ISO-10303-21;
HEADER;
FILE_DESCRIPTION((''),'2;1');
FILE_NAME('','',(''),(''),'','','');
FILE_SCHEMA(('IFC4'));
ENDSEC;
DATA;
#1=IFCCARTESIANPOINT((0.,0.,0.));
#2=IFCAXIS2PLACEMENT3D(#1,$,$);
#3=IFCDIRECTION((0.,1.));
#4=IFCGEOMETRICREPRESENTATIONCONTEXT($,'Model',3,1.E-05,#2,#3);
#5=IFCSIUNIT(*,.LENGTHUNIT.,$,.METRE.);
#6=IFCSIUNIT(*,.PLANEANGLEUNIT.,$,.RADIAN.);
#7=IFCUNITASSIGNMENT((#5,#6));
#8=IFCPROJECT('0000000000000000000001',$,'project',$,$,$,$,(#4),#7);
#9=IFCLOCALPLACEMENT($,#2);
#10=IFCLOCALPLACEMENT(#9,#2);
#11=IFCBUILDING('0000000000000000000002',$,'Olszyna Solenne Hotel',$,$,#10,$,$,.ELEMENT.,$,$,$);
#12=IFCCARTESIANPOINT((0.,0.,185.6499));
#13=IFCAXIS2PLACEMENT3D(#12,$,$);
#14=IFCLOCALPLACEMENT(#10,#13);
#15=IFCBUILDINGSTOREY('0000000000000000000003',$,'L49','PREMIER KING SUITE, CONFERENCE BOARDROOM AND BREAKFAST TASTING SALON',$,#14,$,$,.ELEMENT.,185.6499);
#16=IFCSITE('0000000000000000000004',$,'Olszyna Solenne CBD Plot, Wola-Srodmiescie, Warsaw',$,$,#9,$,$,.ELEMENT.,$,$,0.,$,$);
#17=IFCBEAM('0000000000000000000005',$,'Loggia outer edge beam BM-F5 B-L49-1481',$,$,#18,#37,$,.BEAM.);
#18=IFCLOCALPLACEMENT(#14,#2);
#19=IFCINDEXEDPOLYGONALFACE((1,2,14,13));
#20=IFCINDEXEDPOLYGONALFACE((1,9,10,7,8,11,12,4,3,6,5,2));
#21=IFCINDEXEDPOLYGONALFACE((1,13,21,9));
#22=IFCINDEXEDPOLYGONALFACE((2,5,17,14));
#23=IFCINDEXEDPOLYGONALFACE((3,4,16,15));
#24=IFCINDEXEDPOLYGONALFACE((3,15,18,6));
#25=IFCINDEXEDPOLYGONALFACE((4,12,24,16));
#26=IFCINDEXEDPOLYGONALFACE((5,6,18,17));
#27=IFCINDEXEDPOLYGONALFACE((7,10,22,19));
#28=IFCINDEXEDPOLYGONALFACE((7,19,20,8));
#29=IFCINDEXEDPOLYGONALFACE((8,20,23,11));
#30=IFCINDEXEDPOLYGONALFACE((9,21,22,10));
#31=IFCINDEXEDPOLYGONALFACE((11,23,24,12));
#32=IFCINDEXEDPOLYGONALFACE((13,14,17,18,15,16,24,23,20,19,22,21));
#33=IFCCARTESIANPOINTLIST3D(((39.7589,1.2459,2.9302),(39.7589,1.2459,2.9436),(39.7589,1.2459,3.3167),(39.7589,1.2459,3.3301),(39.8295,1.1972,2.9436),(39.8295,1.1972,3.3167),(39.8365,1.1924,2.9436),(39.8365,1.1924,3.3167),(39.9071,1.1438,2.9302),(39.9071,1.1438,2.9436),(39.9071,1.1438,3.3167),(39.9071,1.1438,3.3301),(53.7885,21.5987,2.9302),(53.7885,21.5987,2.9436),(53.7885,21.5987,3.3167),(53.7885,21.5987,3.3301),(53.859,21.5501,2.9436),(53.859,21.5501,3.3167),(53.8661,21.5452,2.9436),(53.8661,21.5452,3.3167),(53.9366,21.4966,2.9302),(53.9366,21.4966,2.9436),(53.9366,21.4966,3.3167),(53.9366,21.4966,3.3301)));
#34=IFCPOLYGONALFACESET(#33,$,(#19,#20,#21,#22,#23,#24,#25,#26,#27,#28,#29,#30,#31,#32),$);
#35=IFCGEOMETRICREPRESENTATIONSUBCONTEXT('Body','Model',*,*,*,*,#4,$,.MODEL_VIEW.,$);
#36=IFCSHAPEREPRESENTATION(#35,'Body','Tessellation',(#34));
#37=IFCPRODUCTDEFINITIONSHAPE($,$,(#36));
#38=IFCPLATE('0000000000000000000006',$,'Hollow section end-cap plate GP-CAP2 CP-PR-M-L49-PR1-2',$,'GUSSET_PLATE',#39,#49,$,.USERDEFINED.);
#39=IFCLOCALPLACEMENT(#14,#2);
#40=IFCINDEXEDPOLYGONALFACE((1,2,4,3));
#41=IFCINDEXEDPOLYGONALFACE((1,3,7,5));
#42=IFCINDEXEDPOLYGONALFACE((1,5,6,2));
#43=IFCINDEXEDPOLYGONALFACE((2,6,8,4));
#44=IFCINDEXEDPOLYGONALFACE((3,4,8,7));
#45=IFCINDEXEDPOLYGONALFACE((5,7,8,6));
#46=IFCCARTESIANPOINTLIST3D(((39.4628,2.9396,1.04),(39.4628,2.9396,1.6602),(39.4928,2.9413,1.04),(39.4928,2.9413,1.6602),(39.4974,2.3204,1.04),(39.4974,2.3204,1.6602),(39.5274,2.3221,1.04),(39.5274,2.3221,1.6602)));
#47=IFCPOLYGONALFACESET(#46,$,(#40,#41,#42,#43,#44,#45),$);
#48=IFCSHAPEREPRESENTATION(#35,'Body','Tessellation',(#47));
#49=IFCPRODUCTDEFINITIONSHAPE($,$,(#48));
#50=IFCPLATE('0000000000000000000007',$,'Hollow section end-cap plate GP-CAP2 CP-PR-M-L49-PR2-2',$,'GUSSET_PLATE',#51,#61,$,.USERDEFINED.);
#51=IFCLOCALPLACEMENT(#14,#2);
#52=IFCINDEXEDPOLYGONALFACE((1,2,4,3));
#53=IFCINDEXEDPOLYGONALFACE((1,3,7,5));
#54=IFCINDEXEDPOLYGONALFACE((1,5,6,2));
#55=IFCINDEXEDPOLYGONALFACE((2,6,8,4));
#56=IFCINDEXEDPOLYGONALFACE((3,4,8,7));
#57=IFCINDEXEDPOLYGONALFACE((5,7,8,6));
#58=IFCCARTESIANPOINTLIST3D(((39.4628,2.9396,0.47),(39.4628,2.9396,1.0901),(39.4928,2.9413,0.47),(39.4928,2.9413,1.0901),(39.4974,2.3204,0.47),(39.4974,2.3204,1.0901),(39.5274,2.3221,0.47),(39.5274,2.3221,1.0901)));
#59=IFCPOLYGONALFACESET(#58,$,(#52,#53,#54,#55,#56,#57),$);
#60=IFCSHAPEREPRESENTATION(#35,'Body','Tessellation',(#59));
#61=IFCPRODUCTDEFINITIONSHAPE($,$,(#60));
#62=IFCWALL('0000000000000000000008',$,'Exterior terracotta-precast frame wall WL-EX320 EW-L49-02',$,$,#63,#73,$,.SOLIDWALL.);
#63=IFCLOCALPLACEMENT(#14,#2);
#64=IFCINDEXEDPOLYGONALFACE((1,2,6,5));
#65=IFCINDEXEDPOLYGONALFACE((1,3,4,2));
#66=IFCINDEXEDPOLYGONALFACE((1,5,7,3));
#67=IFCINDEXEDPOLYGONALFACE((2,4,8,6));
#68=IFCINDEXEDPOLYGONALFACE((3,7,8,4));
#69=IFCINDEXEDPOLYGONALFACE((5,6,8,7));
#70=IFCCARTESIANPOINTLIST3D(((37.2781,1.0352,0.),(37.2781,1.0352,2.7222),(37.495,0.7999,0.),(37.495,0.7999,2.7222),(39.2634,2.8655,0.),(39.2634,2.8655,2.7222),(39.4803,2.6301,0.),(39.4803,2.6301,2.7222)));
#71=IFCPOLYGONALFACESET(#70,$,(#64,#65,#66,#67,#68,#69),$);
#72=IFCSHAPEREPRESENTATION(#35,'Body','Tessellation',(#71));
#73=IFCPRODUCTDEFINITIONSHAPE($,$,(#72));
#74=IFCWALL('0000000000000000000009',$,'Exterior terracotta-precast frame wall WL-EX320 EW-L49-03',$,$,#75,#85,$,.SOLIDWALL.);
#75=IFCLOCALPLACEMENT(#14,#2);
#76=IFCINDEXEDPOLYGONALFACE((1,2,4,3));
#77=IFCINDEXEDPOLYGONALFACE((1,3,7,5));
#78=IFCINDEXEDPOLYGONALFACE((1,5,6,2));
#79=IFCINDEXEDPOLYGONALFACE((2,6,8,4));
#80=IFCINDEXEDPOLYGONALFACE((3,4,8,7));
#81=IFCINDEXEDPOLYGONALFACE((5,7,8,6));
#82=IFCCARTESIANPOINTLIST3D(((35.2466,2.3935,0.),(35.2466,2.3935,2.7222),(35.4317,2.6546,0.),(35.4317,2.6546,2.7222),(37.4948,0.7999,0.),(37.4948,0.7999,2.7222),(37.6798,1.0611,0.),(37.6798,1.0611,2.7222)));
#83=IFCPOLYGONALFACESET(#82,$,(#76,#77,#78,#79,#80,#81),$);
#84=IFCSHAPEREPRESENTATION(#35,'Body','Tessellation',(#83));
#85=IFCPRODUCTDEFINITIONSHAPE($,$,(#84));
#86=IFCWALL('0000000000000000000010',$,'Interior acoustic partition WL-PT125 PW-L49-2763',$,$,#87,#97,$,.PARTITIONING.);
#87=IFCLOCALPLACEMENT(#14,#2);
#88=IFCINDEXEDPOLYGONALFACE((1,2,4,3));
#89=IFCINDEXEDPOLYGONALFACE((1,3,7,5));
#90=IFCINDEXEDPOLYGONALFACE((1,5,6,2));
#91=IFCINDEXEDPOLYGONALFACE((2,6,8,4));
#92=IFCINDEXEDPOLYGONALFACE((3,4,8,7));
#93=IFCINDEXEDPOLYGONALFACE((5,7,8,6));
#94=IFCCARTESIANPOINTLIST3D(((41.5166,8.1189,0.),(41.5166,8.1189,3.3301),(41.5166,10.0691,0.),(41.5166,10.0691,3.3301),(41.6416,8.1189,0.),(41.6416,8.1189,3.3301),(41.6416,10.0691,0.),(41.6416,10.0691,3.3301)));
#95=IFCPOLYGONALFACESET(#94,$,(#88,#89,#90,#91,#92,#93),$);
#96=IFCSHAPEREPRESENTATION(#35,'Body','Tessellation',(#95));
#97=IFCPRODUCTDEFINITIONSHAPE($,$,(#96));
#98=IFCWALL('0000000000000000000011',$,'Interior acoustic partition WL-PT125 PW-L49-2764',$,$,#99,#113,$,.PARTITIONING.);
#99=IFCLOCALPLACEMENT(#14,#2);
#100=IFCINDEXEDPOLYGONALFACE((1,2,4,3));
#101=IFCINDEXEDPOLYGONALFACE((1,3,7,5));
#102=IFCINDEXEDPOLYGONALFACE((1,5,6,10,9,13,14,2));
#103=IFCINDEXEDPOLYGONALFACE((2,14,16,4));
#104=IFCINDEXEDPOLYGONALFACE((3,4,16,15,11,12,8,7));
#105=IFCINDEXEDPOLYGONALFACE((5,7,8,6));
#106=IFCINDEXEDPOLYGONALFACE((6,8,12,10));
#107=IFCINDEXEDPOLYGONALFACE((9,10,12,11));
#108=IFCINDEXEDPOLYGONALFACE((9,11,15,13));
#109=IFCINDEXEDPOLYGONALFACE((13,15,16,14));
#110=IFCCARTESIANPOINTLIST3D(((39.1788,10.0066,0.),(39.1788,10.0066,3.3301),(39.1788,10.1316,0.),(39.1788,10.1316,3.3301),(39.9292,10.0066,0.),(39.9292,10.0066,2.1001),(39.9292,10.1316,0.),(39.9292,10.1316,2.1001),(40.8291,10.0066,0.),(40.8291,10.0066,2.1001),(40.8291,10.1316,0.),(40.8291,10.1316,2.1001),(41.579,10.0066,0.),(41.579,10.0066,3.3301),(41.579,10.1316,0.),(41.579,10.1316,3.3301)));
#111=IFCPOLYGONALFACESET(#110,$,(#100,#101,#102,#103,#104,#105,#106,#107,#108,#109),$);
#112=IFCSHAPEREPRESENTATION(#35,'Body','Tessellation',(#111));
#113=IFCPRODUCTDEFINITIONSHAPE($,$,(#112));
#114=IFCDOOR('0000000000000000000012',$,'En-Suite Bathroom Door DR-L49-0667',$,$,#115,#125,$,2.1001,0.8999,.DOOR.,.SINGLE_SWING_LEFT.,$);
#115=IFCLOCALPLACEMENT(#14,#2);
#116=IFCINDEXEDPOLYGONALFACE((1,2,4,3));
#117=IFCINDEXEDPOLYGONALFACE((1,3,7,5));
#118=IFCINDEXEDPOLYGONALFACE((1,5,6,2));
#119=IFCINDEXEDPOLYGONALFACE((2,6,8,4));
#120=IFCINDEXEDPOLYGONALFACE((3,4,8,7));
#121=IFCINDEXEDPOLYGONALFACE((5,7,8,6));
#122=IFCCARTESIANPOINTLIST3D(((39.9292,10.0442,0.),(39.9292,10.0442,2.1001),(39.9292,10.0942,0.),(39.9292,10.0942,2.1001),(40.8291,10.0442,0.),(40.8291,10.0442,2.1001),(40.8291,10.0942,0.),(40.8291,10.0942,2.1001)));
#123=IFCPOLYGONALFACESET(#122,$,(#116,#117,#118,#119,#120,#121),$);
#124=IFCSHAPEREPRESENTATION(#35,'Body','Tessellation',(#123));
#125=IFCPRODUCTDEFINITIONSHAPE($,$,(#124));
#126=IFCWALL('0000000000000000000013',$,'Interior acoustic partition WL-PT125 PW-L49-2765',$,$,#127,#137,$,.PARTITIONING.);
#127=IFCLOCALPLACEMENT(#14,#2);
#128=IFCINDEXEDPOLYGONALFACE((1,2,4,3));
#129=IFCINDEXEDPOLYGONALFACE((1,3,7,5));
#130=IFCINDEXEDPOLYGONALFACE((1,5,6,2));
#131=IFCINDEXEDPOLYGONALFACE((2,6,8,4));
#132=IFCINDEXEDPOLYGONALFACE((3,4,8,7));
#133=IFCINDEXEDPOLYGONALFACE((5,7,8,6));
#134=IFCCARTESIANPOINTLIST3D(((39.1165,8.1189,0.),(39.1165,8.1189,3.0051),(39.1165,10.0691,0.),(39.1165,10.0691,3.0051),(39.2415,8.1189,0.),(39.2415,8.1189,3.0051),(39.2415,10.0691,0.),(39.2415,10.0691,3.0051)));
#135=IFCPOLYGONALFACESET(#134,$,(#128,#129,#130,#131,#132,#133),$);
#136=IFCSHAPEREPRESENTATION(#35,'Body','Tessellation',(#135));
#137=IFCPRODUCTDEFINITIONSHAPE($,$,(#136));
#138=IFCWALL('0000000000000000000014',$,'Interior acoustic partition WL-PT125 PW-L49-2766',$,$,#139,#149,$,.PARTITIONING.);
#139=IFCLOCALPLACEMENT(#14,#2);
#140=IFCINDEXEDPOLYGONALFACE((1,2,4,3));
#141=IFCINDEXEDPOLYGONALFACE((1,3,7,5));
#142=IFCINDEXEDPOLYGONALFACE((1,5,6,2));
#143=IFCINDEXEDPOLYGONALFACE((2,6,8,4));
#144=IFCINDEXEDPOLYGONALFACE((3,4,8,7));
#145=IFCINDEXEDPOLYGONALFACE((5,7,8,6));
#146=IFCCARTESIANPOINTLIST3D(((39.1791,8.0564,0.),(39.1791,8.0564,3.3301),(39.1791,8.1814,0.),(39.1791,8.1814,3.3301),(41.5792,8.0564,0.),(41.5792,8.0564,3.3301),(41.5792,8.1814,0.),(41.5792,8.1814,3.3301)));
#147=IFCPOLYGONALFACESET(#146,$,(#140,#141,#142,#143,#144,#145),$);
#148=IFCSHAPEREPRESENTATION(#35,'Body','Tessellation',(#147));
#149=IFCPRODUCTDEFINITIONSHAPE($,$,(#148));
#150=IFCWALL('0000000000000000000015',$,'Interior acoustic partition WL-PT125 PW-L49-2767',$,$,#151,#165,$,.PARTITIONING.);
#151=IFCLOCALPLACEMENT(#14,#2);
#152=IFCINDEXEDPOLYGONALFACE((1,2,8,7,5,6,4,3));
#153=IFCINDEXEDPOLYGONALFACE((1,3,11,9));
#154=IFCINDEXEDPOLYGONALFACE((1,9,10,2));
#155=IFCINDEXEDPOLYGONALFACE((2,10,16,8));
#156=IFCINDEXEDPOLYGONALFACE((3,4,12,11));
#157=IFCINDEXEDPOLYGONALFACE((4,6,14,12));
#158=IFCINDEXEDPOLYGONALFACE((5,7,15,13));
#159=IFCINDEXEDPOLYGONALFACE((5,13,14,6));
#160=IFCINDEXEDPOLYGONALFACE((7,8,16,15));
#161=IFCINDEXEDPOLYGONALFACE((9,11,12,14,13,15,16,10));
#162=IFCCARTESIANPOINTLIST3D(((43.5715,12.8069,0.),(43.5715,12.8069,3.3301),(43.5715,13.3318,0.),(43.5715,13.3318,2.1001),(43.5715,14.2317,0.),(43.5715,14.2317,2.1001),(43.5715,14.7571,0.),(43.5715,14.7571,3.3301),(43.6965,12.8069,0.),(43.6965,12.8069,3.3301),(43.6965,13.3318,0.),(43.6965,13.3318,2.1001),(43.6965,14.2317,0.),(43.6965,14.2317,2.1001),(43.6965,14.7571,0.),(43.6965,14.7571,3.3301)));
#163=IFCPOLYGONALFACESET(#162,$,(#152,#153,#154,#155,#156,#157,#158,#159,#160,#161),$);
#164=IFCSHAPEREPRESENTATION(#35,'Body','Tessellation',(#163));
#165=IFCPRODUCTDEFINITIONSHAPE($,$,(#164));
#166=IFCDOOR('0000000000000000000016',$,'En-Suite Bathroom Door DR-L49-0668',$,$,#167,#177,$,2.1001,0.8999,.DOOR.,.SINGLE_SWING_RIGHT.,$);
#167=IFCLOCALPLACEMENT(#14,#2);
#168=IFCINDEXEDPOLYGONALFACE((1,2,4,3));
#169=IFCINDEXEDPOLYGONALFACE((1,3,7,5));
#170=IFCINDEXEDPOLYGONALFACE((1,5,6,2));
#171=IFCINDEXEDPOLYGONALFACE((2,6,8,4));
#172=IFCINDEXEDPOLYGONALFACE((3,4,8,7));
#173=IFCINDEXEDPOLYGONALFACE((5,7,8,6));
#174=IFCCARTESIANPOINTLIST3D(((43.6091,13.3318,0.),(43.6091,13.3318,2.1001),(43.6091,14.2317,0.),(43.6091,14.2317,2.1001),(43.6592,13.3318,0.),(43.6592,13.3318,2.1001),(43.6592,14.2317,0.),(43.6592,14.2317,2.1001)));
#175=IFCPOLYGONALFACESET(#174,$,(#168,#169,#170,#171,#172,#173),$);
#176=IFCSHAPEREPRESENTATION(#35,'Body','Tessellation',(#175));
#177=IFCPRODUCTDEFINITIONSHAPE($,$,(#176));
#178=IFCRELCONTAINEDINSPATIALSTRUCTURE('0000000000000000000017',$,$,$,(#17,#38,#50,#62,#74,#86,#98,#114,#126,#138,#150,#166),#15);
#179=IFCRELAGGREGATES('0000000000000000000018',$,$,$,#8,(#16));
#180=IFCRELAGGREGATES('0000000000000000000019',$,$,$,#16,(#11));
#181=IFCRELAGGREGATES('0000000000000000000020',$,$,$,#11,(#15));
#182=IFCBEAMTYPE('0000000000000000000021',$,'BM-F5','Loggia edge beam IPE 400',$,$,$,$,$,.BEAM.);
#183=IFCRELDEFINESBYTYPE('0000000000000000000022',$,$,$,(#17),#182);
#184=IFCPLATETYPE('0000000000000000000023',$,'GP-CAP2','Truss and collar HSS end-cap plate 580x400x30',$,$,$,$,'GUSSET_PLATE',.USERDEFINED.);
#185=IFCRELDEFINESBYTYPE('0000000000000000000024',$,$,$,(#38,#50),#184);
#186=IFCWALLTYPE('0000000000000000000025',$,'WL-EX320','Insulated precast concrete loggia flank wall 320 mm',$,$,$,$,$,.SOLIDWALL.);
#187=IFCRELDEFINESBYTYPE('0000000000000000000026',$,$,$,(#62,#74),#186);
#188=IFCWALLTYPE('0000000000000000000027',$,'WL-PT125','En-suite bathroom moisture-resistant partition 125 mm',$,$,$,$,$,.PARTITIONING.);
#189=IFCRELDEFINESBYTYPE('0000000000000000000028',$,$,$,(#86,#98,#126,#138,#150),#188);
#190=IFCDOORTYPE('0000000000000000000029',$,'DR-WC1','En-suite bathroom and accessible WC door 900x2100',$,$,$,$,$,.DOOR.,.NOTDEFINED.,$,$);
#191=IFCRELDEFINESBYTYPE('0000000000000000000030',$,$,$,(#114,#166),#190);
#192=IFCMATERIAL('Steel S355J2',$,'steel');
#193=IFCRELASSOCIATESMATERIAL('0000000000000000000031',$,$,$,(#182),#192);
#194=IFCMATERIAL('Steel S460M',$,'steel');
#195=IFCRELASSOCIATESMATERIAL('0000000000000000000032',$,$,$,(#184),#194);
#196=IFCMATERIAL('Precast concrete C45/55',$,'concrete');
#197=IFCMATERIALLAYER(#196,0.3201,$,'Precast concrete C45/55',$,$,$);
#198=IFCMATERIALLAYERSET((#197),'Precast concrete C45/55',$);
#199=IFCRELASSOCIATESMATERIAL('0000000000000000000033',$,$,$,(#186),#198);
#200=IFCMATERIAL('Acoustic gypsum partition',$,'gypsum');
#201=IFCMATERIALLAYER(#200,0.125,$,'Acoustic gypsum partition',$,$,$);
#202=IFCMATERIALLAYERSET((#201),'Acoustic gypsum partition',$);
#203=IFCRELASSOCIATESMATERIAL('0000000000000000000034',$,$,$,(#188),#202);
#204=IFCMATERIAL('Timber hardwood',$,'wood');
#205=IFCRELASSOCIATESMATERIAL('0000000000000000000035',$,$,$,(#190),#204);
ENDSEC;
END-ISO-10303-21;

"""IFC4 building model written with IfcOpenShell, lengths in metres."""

from ifc_helpers import new_model, si_unit, direction, frame, frame_2d, origin, origin_2d, place, context, subcontext, project, spatial, rectangle, i_section, extrude, source, transform, mapped, material, layer, layer_set, material_profile, profile_set, type_object, type_shapes, element, fill, save


model = new_model("IFC4")

# Units and contexts
model_context = context("Model", 3, precision=1e-05, world=origin(), true_north=direction((0.0, 1.0)))
body_context = subcontext(model_context, "Body", "Model", "MODEL_VIEW")
ifc_project = project(units=[si_unit("LENGTHUNIT", "METRE"), si_unit("PLANEANGLEUNIT", "RADIAN")], contexts=[model_context])

# Site, building, storey
site_placement = place(None, origin())
site = spatial("IfcSite", under=ifc_project, at=site_placement, Name="Olszyna Solenne CBD Plot, Wola-Srodmiescie, Warsaw", CompositionType="ELEMENT", RefElevation=0.0)
building_placement = place(site_placement, origin())
building = spatial("IfcBuilding", under=site, at=building_placement, Name="Olszyna Solenne Hotel", CompositionType="ELEMENT")
storey_placement = place(building_placement, frame((0.0, 0.0, 185.6499)))
storey = spatial("IfcBuildingStorey", under=building, at=storey_placement, Name="L49", Description="PREMIER KING SUITE, CONFERENCE BOARDROOM AND BREAKFAST TASTING SALON", CompositionType="ELEMENT", Elevation=185.6499)

# Shared definitions
ifc_material_1 = material(Name="Steel S460M", Category="steel")

# Beam
ifc_material_2 = material(Name="Steel S355J2", Category="steel")
ifc_material_profile_1 = material_profile(ifc_material_2, i_section(OverallWidth=0.1799, OverallDepth=0.3999, WebThickness=0.0085, FlangeThickness=0.0134, at=origin_2d()), Name="IPE 400", Category="load-bearing")
ifc_profile_set_1 = profile_set([ifc_material_profile_1], Name="Steel S355J2")
beam_type_1 = type_object("IfcBeamType", Name="BM-F5", Description="Loggia edge beam IPE 400", PredefinedType="BEAM", material=ifc_profile_set_1)
shared_shape_1 = source(origin(), body_context, "Body", "SweptSolid", [
    extrude(i_section(OverallWidth=0.1799, OverallDepth=0.3999, WebThickness=0.0085, FlangeThickness=0.0134, at=origin_2d()), origin(), (0.0, 0.0, 1.0), 24.7197),
])
beam_1_placement = place(storey_placement, frame((39.833, 1.1948, 3.1301), z_axis=(0.567545, 0.823342, 0.0), x_axis=(-0.823342, 0.567545, 0.0)))
element("IfcBeam", 1, at=beam_1_placement, inside=storey, type_object=beam_type_1, Name="Loggia outer edge beam BM-F5 B-L49-1481", PredefinedType="BEAM", context=body_context, shape_type="MappedRepresentation", body=[
    mapped(shared_shape_1, transform((0.0, 0.0, 0.0), x_axis=(1.0, 0.0, 0.0), y_axis=(0.0, 1.0, 0.0), z_axis=(0.0, 0.0, 1.0), scale=1.0)),
])

# Plates
plate_type = type_object("IfcPlateType", Name="GP-CAP2", Description="Truss and collar HSS end-cap plate 580x400x30", ElementType="GUSSET_PLATE", PredefinedType="USERDEFINED", material=ifc_material_1)
shared_shape_2 = source(origin(), body_context, "Body", "SweptSolid", [
    extrude(rectangle(XDim=0.03, YDim=0.6201, at=origin_2d()), origin(), (0.0, 0.0, 1.0), 0.6201),
])
for number, where, z_axis, x_axis, name in (
    (2, (39.4951, 2.6309, 1.04), (0.0, 0.0, 1.0), (0.998441, 0.055822, 0.0), "Hollow section end-cap plate GP-CAP2 CP-PR-M-L49-PR1-2"),
    (3, (39.4951, 2.6309, 0.47), (0.0, 0.0, 1.0), (0.998441, 0.055822, 0.0), "Hollow section end-cap plate GP-CAP2 CP-PR-M-L49-PR2-2"),
):
    element("IfcPlate", number, at=place(storey_placement, frame(where, z_axis=z_axis, x_axis=x_axis)), inside=storey, type_object=plate_type, Name=name, ObjectType="GUSSET_PLATE", PredefinedType="USERDEFINED", context=body_context, shape_type="MappedRepresentation", body=[
        mapped(shared_shape_2, transform((0.0, 0.0, 0.0), x_axis=(1.0, 0.0, 0.0), y_axis=(0.0, 1.0, 0.0), z_axis=(0.0, 0.0, 1.0), scale=1.0)),
    ])

# Walls
ifc_material_3 = material(Name="Precast concrete C45/55", Category="concrete")
ifc_layer_1 = layer(ifc_material_3, 0.3201, Name="Precast concrete C45/55")
ifc_layer_set_1 = layer_set([ifc_layer_1], Name="Precast concrete C45/55")
wall_type_1 = type_object("IfcWallType", Name="WL-EX320", Description="Insulated precast concrete loggia flank wall 320 mm", PredefinedType="SOLIDWALL", material=ifc_layer_set_1)
wall_1_placement = place(storey_placement, frame((39.3718, 2.7478, 0.0), z_axis=(0.0, 0.0, 1.0), x_axis=(-0.73523, -0.677818, 0.0)))
element("IfcWall", 4, at=wall_1_placement, inside=storey, type_object=wall_type_1, Name="Exterior terracotta-precast frame wall WL-EX320 EW-L49-02", PredefinedType="SOLIDWALL", context=body_context, shape_type="SweptSolid", body=[
    extrude(rectangle(XDim=2.7002, YDim=0.3201, at=frame_2d((1.3501, 0.0))), origin(), (0.0, 0.0, 1.0), 2.7222),
])
wall_2_placement = place(storey_placement, frame((37.5874, 0.9304, 0.0), z_axis=(0.0, 0.0, 1.0), x_axis=(-0.815829, 0.578293, 0.0)))
element("IfcWall", 5, at=wall_2_placement, inside=storey, type_object=wall_type_1, Name="Exterior terracotta-precast frame wall WL-EX320 EW-L49-03", PredefinedType="SOLIDWALL", context=body_context, shape_type="SweptSolid", body=[
    extrude(rectangle(XDim=2.7556, YDim=0.3201, at=frame_2d((1.3779, 0.0))), origin(), (0.0, 0.0, 1.0), 2.7222),
])
ifc_material_4 = material(Name="Acoustic gypsum partition", Category="gypsum")
ifc_layer_2 = layer(ifc_material_4, 0.125, Name="Acoustic gypsum partition")
ifc_layer_set_2 = layer_set([ifc_layer_2], Name="Acoustic gypsum partition")
wall_type_2 = type_object("IfcWallType", Name="WL-PT125", Description="En-suite bathroom moisture-resistant partition 125 mm", PredefinedType="PARTITIONING", material=ifc_layer_set_2)
wall_3_placement = place(storey_placement, frame((41.5791, 8.1189, 0.0), z_axis=(0.0, 0.0, 1.0), x_axis=(0.0, 1.0, 0.0)))
element("IfcWall", 6, at=wall_3_placement, inside=storey, type_object=wall_type_2, Name="Interior acoustic partition WL-PT125 PW-L49-2763", PredefinedType="PARTITIONING", context=body_context, shape_type="SweptSolid", body=[
    extrude(rectangle(XDim=1.9502, YDim=0.125, at=frame_2d((0.9751, 0.0))), origin(), (0.0, 0.0, 1.0), 3.3301),
])

# Wall, opening, door
wall_4_placement = place(storey_placement, frame((41.5791, 10.0691, 0.0), z_axis=(0.0, 0.0, 1.0), x_axis=(-1.0, 0.0, 0.0)))
wall_4 = element("IfcWall", 7, at=wall_4_placement, inside=storey, type_object=wall_type_2, Name="Interior acoustic partition WL-PT125 PW-L49-2764", PredefinedType="PARTITIONING", context=body_context, shape_type="SweptSolid", body=[
    extrude(rectangle(XDim=2.4001, YDim=0.125, at=frame_2d((1.2002, 0.0))), origin(), (0.0, 0.0, 1.0), 3.3301),
])
opening_1_placement = place(wall_4_placement, frame((0.75, 0.0, 0.0)))
opening_1 = element("IfcOpeningElement", 8, at=opening_1_placement, cuts=wall_4, PredefinedType="OPENING", context=body_context, shape_type="SweptSolid", body=[
    extrude(rectangle(XDim=0.8999, YDim=2.1001, at=frame_2d((0.45, 1.05))), frame((0.0, 0.0725, 0.0), z_axis=(0.0, -1.0, 0.0), x_axis=(1.0, 0.0, 0.0)), (0.0, 0.0, 1.0), 0.145),
])
ifc_material_5 = material(Name="Timber hardwood", Category="wood")
door_type_1 = type_object("IfcDoorType", Name="DR-WC1", Description="En-suite bathroom and accessible WC door 900x2100", OperationType="NOTDEFINED", PredefinedType="DOOR", material=ifc_material_5)
shared_shape_3 = source(origin(), body_context, "Body", "SweptSolid", [
    extrude(rectangle(XDim=0.8999, YDim=2.1001, at=frame_2d((0.45, 1.05))), frame((0.0, 0.0249, 0.0), z_axis=(0.0, -1.0, 0.0), x_axis=(1.0, 0.0, 0.0)), (0.0, 0.0, 1.0), 0.05),
])
type_shapes(door_type_1, [shared_shape_3])
door_1_placement = place(opening_1_placement, origin())
door_1 = element("IfcDoor", 9, at=door_1_placement, inside=storey, type_object=door_type_1, Name="En-Suite Bathroom Door DR-L49-0667", OperationType="SINGLE_SWING_LEFT", OverallHeight=2.1001, OverallWidth=0.8999, PredefinedType="DOOR", context=body_context, shape_type="MappedRepresentation", body=[
    mapped(shared_shape_3, transform((0.0, 0.0, 0.0), x_axis=(1.0, 0.0, 0.0), y_axis=(0.0, 1.0, 0.0), z_axis=(0.0, 0.0, 1.0), scale=1.0)),
])
fill(opening_1, door_1)

# Walls
wall_5_placement = place(storey_placement, frame((39.179, 10.0691, 0.0), z_axis=(0.0, 0.0, 1.0), x_axis=(0.0, -1.0, 0.0)))
element("IfcWall", 10, at=wall_5_placement, inside=storey, type_object=wall_type_2, Name="Interior acoustic partition WL-PT125 PW-L49-2765", PredefinedType="PARTITIONING", context=body_context, shape_type="SweptSolid", body=[
    extrude(rectangle(XDim=1.9502, YDim=0.125, at=frame_2d((0.9751, 0.0))), origin(), (0.0, 0.0, 1.0), 3.0051),
])
wall_6_placement = place(storey_placement, frame((39.179, 8.1189, 0.0), z_axis=(0.0, 0.0, 1.0), x_axis=(1.0, 0.0, 0.0)))
element("IfcWall", 11, at=wall_6_placement, inside=storey, type_object=wall_type_2, Name="Interior acoustic partition WL-PT125 PW-L49-2766", PredefinedType="PARTITIONING", context=body_context, shape_type="SweptSolid", body=[
    extrude(rectangle(XDim=2.4001, YDim=0.125, at=frame_2d((1.2002, 0.0))), origin(), (0.0, 0.0, 1.0), 3.3301),
])

# Wall, opening, door
wall_7_placement = place(storey_placement, frame((43.634, 12.8069, 0.0), z_axis=(0.0, 0.0, 1.0), x_axis=(0.0, 1.0, 0.0)))
wall_7 = element("IfcWall", 12, at=wall_7_placement, inside=storey, type_object=wall_type_2, Name="Interior acoustic partition WL-PT125 PW-L49-2767", PredefinedType="PARTITIONING", context=body_context, shape_type="SweptSolid", body=[
    extrude(rectangle(XDim=1.9502, YDim=0.125, at=frame_2d((0.9751, 0.0))), origin(), (0.0, 0.0, 1.0), 3.3301),
])
opening_2_placement = place(wall_7_placement, frame((0.5249, 0.0, 0.0)))
opening_2 = element("IfcOpeningElement", 13, at=opening_2_placement, cuts=wall_7, PredefinedType="OPENING", context=body_context, shape_type="SweptSolid", body=[
    extrude(rectangle(XDim=0.8999, YDim=2.1001, at=frame_2d((0.45, 1.05))), frame((0.0, 0.0725, 0.0), z_axis=(0.0, -1.0, 0.0), x_axis=(1.0, 0.0, 0.0)), (0.0, 0.0, 1.0), 0.145),
])
door_2_placement = place(opening_2_placement, origin())
door_2 = element("IfcDoor", 14, at=door_2_placement, inside=storey, type_object=door_type_1, Name="En-Suite Bathroom Door DR-L49-0668", OperationType="SINGLE_SWING_RIGHT", OverallHeight=2.1001, OverallWidth=0.8999, PredefinedType="DOOR", context=body_context, shape_type="MappedRepresentation", body=[
    mapped(shared_shape_3, transform((0.0, 0.0, 0.0), x_axis=(1.0, 0.0, 0.0), y_axis=(0.0, 1.0, 0.0), z_axis=(0.0, 0.0, 1.0), scale=1.0)),
])
fill(opening_2, door_2)

save(model, "model.ifc")
